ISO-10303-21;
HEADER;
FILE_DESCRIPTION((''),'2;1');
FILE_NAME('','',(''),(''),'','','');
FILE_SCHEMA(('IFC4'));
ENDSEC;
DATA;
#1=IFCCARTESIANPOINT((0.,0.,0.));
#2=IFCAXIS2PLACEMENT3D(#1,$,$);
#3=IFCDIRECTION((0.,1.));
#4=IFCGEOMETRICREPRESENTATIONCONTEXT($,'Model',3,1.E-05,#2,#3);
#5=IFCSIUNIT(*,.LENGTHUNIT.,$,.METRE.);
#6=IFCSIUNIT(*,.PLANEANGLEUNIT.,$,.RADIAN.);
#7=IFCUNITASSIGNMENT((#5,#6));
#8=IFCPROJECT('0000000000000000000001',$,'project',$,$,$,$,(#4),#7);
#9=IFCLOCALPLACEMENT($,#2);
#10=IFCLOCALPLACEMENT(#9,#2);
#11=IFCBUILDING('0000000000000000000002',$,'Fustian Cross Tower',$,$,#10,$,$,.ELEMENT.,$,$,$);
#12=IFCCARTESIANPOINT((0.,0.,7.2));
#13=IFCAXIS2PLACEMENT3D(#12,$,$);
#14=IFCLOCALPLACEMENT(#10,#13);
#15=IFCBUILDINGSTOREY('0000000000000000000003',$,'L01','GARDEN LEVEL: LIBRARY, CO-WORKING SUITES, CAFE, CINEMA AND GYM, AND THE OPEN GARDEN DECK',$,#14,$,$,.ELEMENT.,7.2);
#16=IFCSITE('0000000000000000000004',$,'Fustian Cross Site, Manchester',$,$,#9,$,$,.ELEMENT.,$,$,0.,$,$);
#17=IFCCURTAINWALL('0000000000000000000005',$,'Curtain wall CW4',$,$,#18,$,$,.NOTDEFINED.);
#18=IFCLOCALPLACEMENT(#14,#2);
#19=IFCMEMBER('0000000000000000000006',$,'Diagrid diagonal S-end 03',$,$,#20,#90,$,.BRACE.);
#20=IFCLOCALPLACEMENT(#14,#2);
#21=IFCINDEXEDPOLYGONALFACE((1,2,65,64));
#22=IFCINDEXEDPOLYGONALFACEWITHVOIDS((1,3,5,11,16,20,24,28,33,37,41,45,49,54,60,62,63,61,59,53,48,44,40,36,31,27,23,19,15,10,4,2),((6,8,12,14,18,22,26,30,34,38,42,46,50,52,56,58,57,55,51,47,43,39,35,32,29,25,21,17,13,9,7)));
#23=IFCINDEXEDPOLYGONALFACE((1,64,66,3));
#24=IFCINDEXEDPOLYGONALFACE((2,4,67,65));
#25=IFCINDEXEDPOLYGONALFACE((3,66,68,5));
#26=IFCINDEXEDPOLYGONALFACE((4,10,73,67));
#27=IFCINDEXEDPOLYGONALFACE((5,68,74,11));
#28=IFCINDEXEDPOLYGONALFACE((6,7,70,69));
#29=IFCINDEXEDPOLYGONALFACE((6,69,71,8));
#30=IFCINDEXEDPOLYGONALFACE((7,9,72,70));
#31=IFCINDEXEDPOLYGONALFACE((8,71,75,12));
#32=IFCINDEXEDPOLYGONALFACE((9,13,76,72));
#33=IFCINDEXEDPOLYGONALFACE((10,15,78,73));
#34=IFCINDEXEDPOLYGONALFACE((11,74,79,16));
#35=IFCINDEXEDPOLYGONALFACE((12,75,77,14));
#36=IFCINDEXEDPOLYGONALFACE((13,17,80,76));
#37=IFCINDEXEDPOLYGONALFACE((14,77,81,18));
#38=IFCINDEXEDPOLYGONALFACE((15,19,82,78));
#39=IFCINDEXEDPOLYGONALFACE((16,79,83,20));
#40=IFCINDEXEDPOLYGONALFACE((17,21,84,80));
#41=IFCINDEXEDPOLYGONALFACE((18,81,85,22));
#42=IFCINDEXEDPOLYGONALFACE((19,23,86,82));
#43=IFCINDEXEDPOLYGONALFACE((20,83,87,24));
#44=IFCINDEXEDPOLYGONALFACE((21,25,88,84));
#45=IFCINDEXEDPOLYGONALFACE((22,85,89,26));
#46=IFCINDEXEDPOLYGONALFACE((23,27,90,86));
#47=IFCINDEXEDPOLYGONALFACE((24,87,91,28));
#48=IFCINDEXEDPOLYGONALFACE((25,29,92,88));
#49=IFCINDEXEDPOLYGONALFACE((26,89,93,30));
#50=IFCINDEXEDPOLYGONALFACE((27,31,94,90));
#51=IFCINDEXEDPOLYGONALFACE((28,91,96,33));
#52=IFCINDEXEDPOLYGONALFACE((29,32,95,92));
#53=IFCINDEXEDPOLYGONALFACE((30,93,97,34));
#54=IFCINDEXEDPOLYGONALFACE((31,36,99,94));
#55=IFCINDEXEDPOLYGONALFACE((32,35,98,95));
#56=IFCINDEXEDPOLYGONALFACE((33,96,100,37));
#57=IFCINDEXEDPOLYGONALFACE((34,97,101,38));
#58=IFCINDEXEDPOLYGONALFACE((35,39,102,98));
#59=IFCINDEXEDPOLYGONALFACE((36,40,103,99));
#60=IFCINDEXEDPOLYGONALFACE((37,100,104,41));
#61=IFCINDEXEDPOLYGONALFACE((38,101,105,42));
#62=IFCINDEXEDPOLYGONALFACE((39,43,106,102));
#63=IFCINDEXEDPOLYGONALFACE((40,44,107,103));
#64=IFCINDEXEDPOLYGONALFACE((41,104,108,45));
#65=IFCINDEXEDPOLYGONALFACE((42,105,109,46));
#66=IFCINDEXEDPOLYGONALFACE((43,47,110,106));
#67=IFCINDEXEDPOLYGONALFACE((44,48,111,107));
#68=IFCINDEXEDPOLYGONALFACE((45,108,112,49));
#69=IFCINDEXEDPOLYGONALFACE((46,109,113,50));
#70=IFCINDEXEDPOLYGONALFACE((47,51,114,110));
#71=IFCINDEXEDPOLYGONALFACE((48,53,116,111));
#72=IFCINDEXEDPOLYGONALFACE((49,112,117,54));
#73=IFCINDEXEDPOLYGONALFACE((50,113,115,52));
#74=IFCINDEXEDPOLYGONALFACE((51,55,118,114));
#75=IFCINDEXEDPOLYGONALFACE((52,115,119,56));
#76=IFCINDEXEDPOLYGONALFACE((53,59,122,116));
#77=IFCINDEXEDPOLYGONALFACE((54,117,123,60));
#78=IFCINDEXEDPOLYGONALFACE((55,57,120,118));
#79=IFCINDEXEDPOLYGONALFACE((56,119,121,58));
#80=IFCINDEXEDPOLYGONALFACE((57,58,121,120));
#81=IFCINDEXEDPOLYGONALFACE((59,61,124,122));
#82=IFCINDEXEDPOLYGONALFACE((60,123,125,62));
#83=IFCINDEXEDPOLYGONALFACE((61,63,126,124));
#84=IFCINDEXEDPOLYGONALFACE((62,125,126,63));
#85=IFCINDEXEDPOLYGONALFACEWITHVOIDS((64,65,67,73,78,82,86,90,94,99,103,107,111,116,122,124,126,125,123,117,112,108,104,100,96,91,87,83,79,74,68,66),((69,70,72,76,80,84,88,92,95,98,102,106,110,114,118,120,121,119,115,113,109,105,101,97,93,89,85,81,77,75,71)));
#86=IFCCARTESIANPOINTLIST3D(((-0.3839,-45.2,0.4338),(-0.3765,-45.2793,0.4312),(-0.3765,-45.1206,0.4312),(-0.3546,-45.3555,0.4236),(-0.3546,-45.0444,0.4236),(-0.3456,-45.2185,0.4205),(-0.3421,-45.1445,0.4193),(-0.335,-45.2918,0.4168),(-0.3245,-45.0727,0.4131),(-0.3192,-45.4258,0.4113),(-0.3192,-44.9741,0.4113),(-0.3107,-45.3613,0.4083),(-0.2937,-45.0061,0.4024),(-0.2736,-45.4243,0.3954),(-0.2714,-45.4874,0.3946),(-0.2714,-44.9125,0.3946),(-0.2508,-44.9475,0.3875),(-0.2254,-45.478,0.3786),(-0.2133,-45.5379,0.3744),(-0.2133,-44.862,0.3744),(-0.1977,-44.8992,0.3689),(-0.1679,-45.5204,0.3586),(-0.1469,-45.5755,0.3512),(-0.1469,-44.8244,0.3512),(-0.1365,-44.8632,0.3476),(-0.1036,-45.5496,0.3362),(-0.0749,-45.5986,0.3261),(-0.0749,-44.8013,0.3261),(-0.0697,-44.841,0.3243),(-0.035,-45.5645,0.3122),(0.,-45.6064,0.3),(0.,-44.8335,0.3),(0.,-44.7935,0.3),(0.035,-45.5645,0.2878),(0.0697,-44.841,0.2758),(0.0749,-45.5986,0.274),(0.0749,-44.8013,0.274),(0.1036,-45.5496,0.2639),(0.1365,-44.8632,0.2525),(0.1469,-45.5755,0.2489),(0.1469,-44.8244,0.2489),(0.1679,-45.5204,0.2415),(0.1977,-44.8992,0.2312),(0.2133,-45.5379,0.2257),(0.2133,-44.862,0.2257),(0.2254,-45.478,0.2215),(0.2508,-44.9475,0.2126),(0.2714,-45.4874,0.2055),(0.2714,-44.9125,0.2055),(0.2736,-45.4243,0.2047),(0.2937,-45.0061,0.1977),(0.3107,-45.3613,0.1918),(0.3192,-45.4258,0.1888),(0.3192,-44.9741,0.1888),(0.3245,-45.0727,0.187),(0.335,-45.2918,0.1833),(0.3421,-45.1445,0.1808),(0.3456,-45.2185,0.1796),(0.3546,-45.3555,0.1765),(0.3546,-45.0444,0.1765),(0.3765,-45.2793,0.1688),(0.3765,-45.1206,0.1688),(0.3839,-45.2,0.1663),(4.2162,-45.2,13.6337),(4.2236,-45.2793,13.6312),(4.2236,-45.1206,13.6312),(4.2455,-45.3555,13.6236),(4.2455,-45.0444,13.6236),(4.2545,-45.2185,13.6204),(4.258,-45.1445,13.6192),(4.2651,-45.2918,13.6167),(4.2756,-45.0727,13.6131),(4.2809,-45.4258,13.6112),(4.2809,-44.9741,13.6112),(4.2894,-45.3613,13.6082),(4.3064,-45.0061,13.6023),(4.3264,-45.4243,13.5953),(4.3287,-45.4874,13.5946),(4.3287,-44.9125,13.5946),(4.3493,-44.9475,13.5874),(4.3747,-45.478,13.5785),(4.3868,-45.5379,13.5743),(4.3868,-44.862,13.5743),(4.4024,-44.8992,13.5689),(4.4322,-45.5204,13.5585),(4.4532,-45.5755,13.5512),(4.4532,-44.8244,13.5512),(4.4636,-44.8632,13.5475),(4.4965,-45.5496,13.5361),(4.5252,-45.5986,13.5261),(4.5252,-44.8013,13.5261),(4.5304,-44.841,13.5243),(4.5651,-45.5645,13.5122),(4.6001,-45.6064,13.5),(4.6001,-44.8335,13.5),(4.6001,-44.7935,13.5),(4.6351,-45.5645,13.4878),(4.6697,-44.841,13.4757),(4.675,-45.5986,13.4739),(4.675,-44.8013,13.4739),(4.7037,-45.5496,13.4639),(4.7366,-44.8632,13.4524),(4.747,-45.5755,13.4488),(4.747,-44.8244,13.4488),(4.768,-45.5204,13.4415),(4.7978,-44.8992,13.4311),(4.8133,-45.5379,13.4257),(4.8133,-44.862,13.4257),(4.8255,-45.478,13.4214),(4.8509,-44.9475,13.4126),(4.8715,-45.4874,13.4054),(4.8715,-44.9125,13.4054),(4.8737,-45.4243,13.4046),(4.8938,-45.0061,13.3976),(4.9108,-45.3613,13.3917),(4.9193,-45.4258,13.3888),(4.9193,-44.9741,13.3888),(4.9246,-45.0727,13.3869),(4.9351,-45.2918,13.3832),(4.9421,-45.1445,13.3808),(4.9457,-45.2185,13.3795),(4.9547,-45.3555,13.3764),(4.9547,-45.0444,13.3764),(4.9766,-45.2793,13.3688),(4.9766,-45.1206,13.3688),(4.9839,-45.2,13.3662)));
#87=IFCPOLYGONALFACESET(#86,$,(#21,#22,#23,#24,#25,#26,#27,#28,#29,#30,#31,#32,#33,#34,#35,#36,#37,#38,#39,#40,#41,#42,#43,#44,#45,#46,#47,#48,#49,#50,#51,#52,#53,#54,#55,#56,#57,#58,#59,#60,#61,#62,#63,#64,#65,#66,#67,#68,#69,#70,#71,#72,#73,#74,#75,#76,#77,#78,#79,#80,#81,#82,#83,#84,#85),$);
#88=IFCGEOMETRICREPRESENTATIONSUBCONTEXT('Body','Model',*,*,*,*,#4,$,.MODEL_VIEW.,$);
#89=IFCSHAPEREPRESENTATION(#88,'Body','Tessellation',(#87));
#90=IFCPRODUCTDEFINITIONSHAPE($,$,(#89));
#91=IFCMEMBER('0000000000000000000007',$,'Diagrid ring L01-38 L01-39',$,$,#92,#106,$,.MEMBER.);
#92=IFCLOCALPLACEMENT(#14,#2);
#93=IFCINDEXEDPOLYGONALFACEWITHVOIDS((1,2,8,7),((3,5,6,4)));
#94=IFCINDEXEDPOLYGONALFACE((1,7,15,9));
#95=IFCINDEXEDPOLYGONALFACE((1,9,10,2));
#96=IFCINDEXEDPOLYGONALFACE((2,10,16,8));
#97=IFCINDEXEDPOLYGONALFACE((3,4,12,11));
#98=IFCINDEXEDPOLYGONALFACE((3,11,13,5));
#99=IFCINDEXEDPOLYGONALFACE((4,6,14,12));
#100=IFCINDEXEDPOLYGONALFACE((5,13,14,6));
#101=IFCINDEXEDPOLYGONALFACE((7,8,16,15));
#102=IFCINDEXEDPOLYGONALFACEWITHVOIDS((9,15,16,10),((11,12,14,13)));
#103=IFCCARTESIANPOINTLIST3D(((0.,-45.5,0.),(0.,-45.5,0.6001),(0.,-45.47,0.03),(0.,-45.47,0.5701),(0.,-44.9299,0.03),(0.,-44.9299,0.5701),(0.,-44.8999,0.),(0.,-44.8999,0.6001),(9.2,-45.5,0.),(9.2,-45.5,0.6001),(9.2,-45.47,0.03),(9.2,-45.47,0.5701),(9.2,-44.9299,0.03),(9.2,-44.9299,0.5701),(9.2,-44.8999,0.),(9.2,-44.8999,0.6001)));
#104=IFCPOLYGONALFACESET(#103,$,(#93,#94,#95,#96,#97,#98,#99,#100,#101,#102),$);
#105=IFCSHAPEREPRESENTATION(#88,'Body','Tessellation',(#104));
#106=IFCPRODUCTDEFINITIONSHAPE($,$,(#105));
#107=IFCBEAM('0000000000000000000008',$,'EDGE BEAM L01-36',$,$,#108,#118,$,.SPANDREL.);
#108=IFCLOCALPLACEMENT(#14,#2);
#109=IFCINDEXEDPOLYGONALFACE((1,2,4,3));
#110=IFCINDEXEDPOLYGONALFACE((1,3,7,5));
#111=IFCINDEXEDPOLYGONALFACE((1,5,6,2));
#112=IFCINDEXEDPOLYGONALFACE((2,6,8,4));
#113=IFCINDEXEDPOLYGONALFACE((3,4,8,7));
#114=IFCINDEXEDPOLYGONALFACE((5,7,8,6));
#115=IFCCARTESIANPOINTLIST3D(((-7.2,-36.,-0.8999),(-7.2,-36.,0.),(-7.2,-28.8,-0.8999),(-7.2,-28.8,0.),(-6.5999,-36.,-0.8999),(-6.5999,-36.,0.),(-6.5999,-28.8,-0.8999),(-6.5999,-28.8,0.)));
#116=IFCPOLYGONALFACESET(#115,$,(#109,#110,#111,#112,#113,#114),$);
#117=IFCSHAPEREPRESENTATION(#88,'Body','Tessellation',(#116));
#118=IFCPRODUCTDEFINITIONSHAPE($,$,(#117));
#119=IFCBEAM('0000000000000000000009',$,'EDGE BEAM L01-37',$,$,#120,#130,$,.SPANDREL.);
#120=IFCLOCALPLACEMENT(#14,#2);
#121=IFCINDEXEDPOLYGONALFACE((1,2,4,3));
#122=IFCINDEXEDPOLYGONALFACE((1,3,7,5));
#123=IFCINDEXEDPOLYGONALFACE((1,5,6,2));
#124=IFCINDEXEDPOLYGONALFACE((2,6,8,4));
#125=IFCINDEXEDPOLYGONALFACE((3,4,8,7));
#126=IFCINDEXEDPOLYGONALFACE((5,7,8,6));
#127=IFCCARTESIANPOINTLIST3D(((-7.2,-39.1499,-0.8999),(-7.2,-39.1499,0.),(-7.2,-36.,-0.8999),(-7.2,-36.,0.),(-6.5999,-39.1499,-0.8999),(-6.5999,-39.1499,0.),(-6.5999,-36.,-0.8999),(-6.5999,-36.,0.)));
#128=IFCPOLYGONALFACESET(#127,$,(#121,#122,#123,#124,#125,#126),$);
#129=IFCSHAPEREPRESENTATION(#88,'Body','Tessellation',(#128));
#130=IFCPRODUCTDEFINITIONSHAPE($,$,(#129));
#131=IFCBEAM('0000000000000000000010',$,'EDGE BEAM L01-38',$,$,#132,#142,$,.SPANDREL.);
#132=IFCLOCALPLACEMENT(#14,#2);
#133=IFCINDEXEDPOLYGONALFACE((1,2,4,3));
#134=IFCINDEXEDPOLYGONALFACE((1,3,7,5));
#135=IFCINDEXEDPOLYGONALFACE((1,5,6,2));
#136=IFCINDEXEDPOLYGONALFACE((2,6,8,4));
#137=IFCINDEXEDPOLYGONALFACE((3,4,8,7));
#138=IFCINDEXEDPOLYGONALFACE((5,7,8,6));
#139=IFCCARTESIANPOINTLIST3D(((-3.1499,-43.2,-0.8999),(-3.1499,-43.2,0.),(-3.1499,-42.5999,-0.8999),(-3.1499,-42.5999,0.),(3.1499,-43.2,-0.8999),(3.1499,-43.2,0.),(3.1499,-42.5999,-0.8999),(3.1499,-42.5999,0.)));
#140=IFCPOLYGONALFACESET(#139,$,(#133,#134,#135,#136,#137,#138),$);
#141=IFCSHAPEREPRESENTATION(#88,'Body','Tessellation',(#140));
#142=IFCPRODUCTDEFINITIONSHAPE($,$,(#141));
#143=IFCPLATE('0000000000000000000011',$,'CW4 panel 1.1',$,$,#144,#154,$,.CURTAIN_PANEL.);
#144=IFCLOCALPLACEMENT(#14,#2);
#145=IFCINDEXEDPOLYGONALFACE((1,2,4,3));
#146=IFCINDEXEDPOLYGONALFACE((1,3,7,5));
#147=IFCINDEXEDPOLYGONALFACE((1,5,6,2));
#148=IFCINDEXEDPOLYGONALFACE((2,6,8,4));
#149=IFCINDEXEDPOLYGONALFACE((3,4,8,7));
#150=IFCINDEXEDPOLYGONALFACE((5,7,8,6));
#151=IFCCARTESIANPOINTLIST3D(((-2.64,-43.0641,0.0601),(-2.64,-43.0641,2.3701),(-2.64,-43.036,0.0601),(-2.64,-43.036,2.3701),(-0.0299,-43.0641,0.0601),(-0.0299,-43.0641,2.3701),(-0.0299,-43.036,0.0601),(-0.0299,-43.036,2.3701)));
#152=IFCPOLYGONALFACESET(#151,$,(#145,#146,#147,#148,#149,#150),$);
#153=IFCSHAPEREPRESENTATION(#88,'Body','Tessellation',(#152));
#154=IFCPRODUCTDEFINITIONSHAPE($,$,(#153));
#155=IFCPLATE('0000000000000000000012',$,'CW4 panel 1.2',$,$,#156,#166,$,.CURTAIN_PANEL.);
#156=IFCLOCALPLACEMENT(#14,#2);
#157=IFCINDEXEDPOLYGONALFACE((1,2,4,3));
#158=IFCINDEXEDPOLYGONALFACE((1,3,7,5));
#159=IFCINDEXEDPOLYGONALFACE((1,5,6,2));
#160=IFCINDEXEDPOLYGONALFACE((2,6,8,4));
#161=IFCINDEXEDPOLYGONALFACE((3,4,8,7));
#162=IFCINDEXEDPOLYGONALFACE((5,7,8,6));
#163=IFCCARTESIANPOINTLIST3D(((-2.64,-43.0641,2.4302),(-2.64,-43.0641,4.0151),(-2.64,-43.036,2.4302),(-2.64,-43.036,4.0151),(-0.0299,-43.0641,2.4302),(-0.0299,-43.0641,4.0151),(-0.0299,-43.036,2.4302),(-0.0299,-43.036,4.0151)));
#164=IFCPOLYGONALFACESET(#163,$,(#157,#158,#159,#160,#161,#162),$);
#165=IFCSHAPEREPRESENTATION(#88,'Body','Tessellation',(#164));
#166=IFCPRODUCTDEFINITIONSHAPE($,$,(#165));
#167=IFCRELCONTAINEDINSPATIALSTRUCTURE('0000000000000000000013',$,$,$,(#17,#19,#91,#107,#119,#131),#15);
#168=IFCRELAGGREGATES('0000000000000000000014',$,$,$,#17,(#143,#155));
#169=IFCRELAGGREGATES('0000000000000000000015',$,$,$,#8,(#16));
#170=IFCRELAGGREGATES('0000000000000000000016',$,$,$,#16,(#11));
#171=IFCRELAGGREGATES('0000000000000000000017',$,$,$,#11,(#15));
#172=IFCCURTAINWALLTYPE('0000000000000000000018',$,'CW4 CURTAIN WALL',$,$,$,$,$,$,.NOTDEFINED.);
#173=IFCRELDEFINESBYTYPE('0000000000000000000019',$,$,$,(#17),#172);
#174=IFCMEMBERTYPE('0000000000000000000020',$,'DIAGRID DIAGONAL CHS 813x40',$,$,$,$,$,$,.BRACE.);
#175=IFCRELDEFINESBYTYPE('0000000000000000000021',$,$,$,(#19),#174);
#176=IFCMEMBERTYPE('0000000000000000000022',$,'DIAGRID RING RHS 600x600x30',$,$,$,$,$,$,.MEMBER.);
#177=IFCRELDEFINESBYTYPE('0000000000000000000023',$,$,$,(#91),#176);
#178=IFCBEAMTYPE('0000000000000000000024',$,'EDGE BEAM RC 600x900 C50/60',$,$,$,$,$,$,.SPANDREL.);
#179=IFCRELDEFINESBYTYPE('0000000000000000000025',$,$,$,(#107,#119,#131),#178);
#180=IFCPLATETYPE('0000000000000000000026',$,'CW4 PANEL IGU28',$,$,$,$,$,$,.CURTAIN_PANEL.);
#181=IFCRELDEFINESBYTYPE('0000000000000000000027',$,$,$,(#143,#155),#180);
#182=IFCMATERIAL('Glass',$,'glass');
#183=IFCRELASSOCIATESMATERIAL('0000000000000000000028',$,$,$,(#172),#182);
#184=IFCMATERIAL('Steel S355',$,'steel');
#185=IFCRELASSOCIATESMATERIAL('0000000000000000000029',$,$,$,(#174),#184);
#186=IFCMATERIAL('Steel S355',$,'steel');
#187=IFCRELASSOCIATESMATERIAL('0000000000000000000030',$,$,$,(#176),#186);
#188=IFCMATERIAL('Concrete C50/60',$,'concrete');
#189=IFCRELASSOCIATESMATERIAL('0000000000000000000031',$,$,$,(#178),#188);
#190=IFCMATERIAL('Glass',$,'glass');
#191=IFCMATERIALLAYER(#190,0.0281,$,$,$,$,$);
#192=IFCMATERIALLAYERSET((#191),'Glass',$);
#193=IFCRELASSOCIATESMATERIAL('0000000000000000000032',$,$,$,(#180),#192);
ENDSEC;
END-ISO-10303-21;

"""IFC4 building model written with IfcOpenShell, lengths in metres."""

from ifc_helpers import new_model, si_unit, direction, frame, origin, origin_2d, place, context, subcontext, project, spatial, rectangle, hollow_rectangle, hollow_circle, extrude, material, layer, layer_set, material_profile, profile_set, type_object, element, aggregate, save


model = new_model("IFC4")

# Units and contexts
model_context = context("Model", 3, precision=1e-05, world=origin(), true_north=direction((0.0, 1.0)))
body_context = subcontext(model_context, "Body", "Model", "MODEL_VIEW")
ifc_project = project(units=[si_unit("LENGTHUNIT", "METRE"), si_unit("PLANEANGLEUNIT", "RADIAN")], contexts=[model_context])

# Site, building, storey
site_placement = place(None, origin())
site = spatial("IfcSite", under=ifc_project, at=site_placement, Name="Fustian Cross Site, Manchester", CompositionType="ELEMENT", RefElevation=0.0)
building_placement = place(site_placement, origin())
building = spatial("IfcBuilding", under=site, at=building_placement, Name="Fustian Cross Tower", CompositionType="ELEMENT")
storey_placement = place(building_placement, frame((0.0, 0.0, 7.2)))
storey = spatial("IfcBuildingStorey", under=building, at=storey_placement, Name="L01", Description="GARDEN LEVEL: LIBRARY, CO-WORKING SUITES, CAFE, CINEMA AND GYM, AND THE OPEN GARDEN DECK", CompositionType="ELEMENT", Elevation=7.2)

# Curtain wall
ifc_material_1 = material(Name="Glass", Category="glass")
curtain_wall_type = type_object("IfcCurtainWallType", Name="CW4 CURTAIN WALL", PredefinedType="NOTDEFINED", material=ifc_material_1)
curtain_wall_placement = place(storey_placement, origin())
curtain_wall = element("IfcCurtainWall", 1, at=curtain_wall_placement, inside=storey, type_object=curtain_wall_type, Name="Curtain wall CW4", PredefinedType="NOTDEFINED")

# Members
ifc_material_2 = material(Name="Steel S355", Category="steel")
ifc_material_profile_1 = material_profile(ifc_material_2, hollow_circle(Radius=0.4065, WallThickness=0.04, at=origin_2d()), Name="CHS 813x40")
ifc_profile_set_1 = profile_set([ifc_material_profile_1], Name="Steel S355")
member_type_1 = type_object("IfcMemberType", Name="DIAGRID DIAGONAL CHS 813x40", PredefinedType="BRACE", material=ifc_profile_set_1)
for number, where, z_axis, x_axis, name in (
    (2, (0.0, -45.2, 0.3), (0.329083, 0.0, 0.944301), (0.0, 1.0, 0.0), "Diagrid diagonal S-end 03"),
):
    element("IfcMember", number, at=place(storey_placement, frame(where, z_axis=z_axis, x_axis=x_axis)), inside=storey, type_object=member_type_1, Name=name, PredefinedType="BRACE", context=body_context, shape_type="SweptSolid", body=[
        extrude(hollow_circle(Radius=0.4065, WallThickness=0.04, at=origin_2d()), origin(), (0.0, 0.0, 1.0), 13.9785),
    ])
ifc_material_3 = material(Name="Steel S355", Category="steel")
ifc_material_profile_2 = material_profile(ifc_material_3, hollow_rectangle(XDim=0.6001, YDim=0.6001, WallThickness=0.03, at=origin_2d()), Name="RHS 600x600x30")
ifc_profile_set_2 = profile_set([ifc_material_profile_2], Name="Steel S355")
member_type_2 = type_object("IfcMemberType", Name="DIAGRID RING RHS 600x600x30", PredefinedType="MEMBER", material=ifc_profile_set_2)
member_1_placement = place(storey_placement, frame((0.0, -45.2, 0.3), z_axis=(1.0, 0.0, 0.0), x_axis=(0.0, 1.0, 0.0)))
element("IfcMember", 3, at=member_1_placement, inside=storey, type_object=member_type_2, Name="Diagrid ring L01-38 L01-39", PredefinedType="MEMBER", context=body_context, shape_type="SweptSolid", body=[
    extrude(hollow_rectangle(XDim=0.6001, YDim=0.6001, WallThickness=0.03, at=origin_2d()), origin(), (0.0, 0.0, 1.0), 9.2),
])

# Beams
ifc_material_4 = material(Name="Concrete C50/60", Category="concrete")
ifc_material_profile_3 = material_profile(ifc_material_4, rectangle(XDim=0.6001, YDim=0.8999, at=origin_2d()), Name="RC 600x900")
ifc_profile_set_3 = profile_set([ifc_material_profile_3], Name="Concrete C50/60")
beam_type = type_object("IfcBeamType", Name="EDGE BEAM RC 600x900 C50/60", PredefinedType="SPANDREL", material=ifc_profile_set_3)
beam_1_placement = place(storey_placement, frame((-6.8999, -28.8, -0.45), z_axis=(0.0, -1.0, 0.0), x_axis=(1.0, 0.0, 0.0)))
element("IfcBeam", 4, at=beam_1_placement, inside=storey, type_object=beam_type, Name="EDGE BEAM L01-36", PredefinedType="SPANDREL", context=body_context, shape_type="SweptSolid", body=[
    extrude(rectangle(XDim=0.6001, YDim=0.8999, at=origin_2d()), origin(), (0.0, 0.0, 1.0), 7.2),
])
beam_2_placement = place(storey_placement, frame((-6.8999, -36.0, -0.45), z_axis=(0.0, -1.0, 0.0), x_axis=(1.0, 0.0, 0.0)))
element("IfcBeam", 5, at=beam_2_placement, inside=storey, type_object=beam_type, Name="EDGE BEAM L01-37", PredefinedType="SPANDREL", context=body_context, shape_type="SweptSolid", body=[
    extrude(rectangle(XDim=0.6001, YDim=0.8999, at=origin_2d()), origin(), (0.0, 0.0, 1.0), 3.1499),
])
beam_3_placement = place(storey_placement, frame((-3.1499, -42.8999, -0.45), z_axis=(1.0, 0.0, 0.0), x_axis=(0.0, 1.0, 0.0)))
element("IfcBeam", 6, at=beam_3_placement, inside=storey, type_object=beam_type, Name="EDGE BEAM L01-38", PredefinedType="SPANDREL", context=body_context, shape_type="SweptSolid", body=[
    extrude(rectangle(XDim=0.6001, YDim=0.8999, at=origin_2d()), origin(), (0.0, 0.0, 1.0), 6.2998),
])

# Plates
ifc_material_5 = material(Name="Glass", Category="glass")
ifc_layer_1 = layer(ifc_material_5, 0.0281)
ifc_layer_set_1 = layer_set([ifc_layer_1], Name="Glass")
plate_type = type_object("IfcPlateType", Name="CW4 PANEL IGU28", PredefinedType="CURTAIN_PANEL", material=ifc_layer_set_1)
plate_1_placement = place(storey_placement, frame((-1.335, -43.05, 0.0601), z_axis=(0.0, 0.0, 1.0), x_axis=(1.0, 0.0, 0.0)))
plate_1 = element("IfcPlate", 7, at=plate_1_placement, type_object=plate_type, Name="CW4 panel 1.1", PredefinedType="CURTAIN_PANEL", context=body_context, shape_type="SweptSolid", body=[
    extrude(rectangle(XDim=2.6101, YDim=0.0281, at=origin_2d()), origin(), (0.0, 0.0, 1.0), 2.3101),
])
plate_2_placement = place(storey_placement, frame((-1.335, -43.05, 2.4302), z_axis=(0.0, 0.0, 1.0), x_axis=(1.0, 0.0, 0.0)))
plate_2 = element("IfcPlate", 8, at=plate_2_placement, type_object=plate_type, Name="CW4 panel 1.2", PredefinedType="CURTAIN_PANEL", context=body_context, shape_type="SweptSolid", body=[
    extrude(rectangle(XDim=2.6101, YDim=0.0281, at=origin_2d()), origin(), (0.0, 0.0, 1.0), 1.585),
])
aggregate(curtain_wall, [plate_1, plate_2])

save(model, "model.ifc")
